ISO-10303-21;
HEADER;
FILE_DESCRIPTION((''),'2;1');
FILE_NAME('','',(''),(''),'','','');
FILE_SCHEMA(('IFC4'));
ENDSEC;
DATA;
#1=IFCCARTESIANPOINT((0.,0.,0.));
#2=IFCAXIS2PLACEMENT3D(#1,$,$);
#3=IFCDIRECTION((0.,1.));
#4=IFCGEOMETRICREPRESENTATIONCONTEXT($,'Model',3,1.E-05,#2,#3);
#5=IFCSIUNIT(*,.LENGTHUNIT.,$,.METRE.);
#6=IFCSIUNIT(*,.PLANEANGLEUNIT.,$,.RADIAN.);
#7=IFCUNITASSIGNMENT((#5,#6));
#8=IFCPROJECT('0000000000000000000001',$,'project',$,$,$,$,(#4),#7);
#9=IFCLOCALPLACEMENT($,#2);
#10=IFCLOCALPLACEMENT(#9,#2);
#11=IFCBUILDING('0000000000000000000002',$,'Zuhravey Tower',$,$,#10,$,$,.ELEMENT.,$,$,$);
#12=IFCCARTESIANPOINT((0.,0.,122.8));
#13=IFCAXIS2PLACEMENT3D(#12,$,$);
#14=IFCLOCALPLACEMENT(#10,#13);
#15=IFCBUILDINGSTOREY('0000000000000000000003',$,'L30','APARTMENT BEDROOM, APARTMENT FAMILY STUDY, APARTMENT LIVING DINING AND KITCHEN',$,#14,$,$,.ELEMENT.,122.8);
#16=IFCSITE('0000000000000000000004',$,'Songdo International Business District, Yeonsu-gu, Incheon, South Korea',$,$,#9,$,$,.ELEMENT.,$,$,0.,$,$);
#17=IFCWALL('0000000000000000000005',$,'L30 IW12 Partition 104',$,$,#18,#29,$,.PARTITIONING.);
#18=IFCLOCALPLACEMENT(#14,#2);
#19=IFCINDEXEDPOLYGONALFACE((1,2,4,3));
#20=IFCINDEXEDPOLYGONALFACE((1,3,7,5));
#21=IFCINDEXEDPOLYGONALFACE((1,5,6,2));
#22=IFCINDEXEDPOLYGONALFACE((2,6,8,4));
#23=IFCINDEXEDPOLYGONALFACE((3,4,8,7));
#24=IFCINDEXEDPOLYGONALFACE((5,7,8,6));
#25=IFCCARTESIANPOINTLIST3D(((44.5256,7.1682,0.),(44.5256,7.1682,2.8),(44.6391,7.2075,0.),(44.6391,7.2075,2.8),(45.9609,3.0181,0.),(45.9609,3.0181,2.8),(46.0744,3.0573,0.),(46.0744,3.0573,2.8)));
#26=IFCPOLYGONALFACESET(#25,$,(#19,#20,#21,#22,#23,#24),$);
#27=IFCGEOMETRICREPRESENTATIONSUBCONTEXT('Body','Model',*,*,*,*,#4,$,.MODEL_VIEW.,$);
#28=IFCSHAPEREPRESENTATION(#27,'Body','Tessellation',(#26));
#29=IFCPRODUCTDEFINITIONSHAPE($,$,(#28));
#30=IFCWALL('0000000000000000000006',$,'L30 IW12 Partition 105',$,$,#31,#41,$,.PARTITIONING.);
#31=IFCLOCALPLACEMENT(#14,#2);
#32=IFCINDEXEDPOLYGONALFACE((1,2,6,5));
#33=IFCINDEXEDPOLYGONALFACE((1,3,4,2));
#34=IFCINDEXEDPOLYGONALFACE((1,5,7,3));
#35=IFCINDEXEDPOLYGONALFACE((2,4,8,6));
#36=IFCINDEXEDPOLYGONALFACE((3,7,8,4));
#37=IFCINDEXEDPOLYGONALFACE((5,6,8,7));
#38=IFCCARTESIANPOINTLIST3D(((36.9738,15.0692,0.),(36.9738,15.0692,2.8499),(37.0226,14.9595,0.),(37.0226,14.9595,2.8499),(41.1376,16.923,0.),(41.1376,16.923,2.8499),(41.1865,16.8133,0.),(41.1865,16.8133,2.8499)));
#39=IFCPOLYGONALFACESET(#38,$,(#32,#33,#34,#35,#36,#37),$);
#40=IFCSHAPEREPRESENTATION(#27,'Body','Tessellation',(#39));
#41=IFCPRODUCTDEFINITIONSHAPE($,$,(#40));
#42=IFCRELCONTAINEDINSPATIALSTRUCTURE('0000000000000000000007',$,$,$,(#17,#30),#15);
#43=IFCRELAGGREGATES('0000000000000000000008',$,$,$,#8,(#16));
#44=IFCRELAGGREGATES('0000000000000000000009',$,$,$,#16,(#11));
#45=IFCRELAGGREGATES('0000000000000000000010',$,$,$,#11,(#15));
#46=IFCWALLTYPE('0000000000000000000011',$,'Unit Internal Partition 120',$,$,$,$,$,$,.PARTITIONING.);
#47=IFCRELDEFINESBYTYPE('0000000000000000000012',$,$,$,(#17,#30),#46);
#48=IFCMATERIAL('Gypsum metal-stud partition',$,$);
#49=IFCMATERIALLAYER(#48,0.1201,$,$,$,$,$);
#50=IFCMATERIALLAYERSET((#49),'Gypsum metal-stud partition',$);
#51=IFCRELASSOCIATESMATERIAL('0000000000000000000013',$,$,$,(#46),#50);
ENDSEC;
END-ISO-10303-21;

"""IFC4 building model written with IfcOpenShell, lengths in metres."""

from ifc_helpers import new_model, si_unit, direction, frame, frame_2d, origin, place, context, subcontext, project, spatial, rectangle, extrude, material, layer, layer_set, type_object, element, save


model = new_model("IFC4")

# Units and contexts
model_context = context("Model", 3, precision=1e-05, world=origin(), true_north=direction((0.0, 1.0)))
body_context = subcontext(model_context, "Body", "Model", "MODEL_VIEW")
ifc_project = project(units=[si_unit("LENGTHUNIT", "METRE"), si_unit("PLANEANGLEUNIT", "RADIAN")], contexts=[model_context])

# Site, building, storey
site_placement = place(None, origin())
site = spatial("IfcSite", under=ifc_project, at=site_placement, Name="Songdo International Business District, Yeonsu-gu, Incheon, South Korea", CompositionType="ELEMENT", RefElevation=0.0)
building_placement = place(site_placement, origin())
building = spatial("IfcBuilding", under=site, at=building_placement, Name="Zuhravey Tower", CompositionType="ELEMENT")
storey_placement = place(building_placement, frame((0.0, 0.0, 122.8)))
storey = spatial("IfcBuildingStorey", under=building, at=storey_placement, Name="L30", Description="APARTMENT BEDROOM, APARTMENT FAMILY STUDY, APARTMENT LIVING DINING AND KITCHEN", CompositionType="ELEMENT", Elevation=122.8)

# Shared definitions
ifc_material_1 = material(Name="Gypsum metal-stud partition")
ifc_layer_1 = layer(ifc_material_1, 0.1201)
ifc_layer_set_1 = layer_set([ifc_layer_1], Name="Gypsum metal-stud partition")
wall_type = type_object("IfcWallType", Name="Unit Internal Partition 120", PredefinedType="PARTITIONING", material=ifc_layer_set_1)

# Walls
wall_1_placement = place(storey_placement, frame((44.5823, 7.188, 0.0), z_axis=(0.0, 0.0, 1.0), x_axis=(0.326849, -0.945077, 0.0)))
element("IfcWall", 1, at=wall_1_placement, inside=storey, type_object=wall_type, Name="L30 IW12 Partition 104", PredefinedType="PARTITIONING", context=body_context, shape_type="SweptSolid", body=[
    extrude(rectangle(XDim=4.3914, YDim=0.1201, at=frame_2d((2.1958, 0.0))), origin(), (0.0, 0.0, 1.0), 2.8),
])
wall_2_placement = place(storey_placement, frame((36.9983, 15.0144, 0.0), z_axis=(0.0, 0.0, 1.0), x_axis=(0.913553, 0.40672, 0.0)))
element("IfcWall", 2, at=wall_2_placement, inside=storey, type_object=wall_type, Name="L30 IW12 Partition 105", PredefinedType="PARTITIONING", context=body_context, shape_type="SweptSolid", body=[
    extrude(rectangle(XDim=4.5579, YDim=0.1201, at=frame_2d((2.2788, 0.0))), origin(), (0.0, 0.0, 1.0), 2.8499),
])

save(model, "model.ifc")
